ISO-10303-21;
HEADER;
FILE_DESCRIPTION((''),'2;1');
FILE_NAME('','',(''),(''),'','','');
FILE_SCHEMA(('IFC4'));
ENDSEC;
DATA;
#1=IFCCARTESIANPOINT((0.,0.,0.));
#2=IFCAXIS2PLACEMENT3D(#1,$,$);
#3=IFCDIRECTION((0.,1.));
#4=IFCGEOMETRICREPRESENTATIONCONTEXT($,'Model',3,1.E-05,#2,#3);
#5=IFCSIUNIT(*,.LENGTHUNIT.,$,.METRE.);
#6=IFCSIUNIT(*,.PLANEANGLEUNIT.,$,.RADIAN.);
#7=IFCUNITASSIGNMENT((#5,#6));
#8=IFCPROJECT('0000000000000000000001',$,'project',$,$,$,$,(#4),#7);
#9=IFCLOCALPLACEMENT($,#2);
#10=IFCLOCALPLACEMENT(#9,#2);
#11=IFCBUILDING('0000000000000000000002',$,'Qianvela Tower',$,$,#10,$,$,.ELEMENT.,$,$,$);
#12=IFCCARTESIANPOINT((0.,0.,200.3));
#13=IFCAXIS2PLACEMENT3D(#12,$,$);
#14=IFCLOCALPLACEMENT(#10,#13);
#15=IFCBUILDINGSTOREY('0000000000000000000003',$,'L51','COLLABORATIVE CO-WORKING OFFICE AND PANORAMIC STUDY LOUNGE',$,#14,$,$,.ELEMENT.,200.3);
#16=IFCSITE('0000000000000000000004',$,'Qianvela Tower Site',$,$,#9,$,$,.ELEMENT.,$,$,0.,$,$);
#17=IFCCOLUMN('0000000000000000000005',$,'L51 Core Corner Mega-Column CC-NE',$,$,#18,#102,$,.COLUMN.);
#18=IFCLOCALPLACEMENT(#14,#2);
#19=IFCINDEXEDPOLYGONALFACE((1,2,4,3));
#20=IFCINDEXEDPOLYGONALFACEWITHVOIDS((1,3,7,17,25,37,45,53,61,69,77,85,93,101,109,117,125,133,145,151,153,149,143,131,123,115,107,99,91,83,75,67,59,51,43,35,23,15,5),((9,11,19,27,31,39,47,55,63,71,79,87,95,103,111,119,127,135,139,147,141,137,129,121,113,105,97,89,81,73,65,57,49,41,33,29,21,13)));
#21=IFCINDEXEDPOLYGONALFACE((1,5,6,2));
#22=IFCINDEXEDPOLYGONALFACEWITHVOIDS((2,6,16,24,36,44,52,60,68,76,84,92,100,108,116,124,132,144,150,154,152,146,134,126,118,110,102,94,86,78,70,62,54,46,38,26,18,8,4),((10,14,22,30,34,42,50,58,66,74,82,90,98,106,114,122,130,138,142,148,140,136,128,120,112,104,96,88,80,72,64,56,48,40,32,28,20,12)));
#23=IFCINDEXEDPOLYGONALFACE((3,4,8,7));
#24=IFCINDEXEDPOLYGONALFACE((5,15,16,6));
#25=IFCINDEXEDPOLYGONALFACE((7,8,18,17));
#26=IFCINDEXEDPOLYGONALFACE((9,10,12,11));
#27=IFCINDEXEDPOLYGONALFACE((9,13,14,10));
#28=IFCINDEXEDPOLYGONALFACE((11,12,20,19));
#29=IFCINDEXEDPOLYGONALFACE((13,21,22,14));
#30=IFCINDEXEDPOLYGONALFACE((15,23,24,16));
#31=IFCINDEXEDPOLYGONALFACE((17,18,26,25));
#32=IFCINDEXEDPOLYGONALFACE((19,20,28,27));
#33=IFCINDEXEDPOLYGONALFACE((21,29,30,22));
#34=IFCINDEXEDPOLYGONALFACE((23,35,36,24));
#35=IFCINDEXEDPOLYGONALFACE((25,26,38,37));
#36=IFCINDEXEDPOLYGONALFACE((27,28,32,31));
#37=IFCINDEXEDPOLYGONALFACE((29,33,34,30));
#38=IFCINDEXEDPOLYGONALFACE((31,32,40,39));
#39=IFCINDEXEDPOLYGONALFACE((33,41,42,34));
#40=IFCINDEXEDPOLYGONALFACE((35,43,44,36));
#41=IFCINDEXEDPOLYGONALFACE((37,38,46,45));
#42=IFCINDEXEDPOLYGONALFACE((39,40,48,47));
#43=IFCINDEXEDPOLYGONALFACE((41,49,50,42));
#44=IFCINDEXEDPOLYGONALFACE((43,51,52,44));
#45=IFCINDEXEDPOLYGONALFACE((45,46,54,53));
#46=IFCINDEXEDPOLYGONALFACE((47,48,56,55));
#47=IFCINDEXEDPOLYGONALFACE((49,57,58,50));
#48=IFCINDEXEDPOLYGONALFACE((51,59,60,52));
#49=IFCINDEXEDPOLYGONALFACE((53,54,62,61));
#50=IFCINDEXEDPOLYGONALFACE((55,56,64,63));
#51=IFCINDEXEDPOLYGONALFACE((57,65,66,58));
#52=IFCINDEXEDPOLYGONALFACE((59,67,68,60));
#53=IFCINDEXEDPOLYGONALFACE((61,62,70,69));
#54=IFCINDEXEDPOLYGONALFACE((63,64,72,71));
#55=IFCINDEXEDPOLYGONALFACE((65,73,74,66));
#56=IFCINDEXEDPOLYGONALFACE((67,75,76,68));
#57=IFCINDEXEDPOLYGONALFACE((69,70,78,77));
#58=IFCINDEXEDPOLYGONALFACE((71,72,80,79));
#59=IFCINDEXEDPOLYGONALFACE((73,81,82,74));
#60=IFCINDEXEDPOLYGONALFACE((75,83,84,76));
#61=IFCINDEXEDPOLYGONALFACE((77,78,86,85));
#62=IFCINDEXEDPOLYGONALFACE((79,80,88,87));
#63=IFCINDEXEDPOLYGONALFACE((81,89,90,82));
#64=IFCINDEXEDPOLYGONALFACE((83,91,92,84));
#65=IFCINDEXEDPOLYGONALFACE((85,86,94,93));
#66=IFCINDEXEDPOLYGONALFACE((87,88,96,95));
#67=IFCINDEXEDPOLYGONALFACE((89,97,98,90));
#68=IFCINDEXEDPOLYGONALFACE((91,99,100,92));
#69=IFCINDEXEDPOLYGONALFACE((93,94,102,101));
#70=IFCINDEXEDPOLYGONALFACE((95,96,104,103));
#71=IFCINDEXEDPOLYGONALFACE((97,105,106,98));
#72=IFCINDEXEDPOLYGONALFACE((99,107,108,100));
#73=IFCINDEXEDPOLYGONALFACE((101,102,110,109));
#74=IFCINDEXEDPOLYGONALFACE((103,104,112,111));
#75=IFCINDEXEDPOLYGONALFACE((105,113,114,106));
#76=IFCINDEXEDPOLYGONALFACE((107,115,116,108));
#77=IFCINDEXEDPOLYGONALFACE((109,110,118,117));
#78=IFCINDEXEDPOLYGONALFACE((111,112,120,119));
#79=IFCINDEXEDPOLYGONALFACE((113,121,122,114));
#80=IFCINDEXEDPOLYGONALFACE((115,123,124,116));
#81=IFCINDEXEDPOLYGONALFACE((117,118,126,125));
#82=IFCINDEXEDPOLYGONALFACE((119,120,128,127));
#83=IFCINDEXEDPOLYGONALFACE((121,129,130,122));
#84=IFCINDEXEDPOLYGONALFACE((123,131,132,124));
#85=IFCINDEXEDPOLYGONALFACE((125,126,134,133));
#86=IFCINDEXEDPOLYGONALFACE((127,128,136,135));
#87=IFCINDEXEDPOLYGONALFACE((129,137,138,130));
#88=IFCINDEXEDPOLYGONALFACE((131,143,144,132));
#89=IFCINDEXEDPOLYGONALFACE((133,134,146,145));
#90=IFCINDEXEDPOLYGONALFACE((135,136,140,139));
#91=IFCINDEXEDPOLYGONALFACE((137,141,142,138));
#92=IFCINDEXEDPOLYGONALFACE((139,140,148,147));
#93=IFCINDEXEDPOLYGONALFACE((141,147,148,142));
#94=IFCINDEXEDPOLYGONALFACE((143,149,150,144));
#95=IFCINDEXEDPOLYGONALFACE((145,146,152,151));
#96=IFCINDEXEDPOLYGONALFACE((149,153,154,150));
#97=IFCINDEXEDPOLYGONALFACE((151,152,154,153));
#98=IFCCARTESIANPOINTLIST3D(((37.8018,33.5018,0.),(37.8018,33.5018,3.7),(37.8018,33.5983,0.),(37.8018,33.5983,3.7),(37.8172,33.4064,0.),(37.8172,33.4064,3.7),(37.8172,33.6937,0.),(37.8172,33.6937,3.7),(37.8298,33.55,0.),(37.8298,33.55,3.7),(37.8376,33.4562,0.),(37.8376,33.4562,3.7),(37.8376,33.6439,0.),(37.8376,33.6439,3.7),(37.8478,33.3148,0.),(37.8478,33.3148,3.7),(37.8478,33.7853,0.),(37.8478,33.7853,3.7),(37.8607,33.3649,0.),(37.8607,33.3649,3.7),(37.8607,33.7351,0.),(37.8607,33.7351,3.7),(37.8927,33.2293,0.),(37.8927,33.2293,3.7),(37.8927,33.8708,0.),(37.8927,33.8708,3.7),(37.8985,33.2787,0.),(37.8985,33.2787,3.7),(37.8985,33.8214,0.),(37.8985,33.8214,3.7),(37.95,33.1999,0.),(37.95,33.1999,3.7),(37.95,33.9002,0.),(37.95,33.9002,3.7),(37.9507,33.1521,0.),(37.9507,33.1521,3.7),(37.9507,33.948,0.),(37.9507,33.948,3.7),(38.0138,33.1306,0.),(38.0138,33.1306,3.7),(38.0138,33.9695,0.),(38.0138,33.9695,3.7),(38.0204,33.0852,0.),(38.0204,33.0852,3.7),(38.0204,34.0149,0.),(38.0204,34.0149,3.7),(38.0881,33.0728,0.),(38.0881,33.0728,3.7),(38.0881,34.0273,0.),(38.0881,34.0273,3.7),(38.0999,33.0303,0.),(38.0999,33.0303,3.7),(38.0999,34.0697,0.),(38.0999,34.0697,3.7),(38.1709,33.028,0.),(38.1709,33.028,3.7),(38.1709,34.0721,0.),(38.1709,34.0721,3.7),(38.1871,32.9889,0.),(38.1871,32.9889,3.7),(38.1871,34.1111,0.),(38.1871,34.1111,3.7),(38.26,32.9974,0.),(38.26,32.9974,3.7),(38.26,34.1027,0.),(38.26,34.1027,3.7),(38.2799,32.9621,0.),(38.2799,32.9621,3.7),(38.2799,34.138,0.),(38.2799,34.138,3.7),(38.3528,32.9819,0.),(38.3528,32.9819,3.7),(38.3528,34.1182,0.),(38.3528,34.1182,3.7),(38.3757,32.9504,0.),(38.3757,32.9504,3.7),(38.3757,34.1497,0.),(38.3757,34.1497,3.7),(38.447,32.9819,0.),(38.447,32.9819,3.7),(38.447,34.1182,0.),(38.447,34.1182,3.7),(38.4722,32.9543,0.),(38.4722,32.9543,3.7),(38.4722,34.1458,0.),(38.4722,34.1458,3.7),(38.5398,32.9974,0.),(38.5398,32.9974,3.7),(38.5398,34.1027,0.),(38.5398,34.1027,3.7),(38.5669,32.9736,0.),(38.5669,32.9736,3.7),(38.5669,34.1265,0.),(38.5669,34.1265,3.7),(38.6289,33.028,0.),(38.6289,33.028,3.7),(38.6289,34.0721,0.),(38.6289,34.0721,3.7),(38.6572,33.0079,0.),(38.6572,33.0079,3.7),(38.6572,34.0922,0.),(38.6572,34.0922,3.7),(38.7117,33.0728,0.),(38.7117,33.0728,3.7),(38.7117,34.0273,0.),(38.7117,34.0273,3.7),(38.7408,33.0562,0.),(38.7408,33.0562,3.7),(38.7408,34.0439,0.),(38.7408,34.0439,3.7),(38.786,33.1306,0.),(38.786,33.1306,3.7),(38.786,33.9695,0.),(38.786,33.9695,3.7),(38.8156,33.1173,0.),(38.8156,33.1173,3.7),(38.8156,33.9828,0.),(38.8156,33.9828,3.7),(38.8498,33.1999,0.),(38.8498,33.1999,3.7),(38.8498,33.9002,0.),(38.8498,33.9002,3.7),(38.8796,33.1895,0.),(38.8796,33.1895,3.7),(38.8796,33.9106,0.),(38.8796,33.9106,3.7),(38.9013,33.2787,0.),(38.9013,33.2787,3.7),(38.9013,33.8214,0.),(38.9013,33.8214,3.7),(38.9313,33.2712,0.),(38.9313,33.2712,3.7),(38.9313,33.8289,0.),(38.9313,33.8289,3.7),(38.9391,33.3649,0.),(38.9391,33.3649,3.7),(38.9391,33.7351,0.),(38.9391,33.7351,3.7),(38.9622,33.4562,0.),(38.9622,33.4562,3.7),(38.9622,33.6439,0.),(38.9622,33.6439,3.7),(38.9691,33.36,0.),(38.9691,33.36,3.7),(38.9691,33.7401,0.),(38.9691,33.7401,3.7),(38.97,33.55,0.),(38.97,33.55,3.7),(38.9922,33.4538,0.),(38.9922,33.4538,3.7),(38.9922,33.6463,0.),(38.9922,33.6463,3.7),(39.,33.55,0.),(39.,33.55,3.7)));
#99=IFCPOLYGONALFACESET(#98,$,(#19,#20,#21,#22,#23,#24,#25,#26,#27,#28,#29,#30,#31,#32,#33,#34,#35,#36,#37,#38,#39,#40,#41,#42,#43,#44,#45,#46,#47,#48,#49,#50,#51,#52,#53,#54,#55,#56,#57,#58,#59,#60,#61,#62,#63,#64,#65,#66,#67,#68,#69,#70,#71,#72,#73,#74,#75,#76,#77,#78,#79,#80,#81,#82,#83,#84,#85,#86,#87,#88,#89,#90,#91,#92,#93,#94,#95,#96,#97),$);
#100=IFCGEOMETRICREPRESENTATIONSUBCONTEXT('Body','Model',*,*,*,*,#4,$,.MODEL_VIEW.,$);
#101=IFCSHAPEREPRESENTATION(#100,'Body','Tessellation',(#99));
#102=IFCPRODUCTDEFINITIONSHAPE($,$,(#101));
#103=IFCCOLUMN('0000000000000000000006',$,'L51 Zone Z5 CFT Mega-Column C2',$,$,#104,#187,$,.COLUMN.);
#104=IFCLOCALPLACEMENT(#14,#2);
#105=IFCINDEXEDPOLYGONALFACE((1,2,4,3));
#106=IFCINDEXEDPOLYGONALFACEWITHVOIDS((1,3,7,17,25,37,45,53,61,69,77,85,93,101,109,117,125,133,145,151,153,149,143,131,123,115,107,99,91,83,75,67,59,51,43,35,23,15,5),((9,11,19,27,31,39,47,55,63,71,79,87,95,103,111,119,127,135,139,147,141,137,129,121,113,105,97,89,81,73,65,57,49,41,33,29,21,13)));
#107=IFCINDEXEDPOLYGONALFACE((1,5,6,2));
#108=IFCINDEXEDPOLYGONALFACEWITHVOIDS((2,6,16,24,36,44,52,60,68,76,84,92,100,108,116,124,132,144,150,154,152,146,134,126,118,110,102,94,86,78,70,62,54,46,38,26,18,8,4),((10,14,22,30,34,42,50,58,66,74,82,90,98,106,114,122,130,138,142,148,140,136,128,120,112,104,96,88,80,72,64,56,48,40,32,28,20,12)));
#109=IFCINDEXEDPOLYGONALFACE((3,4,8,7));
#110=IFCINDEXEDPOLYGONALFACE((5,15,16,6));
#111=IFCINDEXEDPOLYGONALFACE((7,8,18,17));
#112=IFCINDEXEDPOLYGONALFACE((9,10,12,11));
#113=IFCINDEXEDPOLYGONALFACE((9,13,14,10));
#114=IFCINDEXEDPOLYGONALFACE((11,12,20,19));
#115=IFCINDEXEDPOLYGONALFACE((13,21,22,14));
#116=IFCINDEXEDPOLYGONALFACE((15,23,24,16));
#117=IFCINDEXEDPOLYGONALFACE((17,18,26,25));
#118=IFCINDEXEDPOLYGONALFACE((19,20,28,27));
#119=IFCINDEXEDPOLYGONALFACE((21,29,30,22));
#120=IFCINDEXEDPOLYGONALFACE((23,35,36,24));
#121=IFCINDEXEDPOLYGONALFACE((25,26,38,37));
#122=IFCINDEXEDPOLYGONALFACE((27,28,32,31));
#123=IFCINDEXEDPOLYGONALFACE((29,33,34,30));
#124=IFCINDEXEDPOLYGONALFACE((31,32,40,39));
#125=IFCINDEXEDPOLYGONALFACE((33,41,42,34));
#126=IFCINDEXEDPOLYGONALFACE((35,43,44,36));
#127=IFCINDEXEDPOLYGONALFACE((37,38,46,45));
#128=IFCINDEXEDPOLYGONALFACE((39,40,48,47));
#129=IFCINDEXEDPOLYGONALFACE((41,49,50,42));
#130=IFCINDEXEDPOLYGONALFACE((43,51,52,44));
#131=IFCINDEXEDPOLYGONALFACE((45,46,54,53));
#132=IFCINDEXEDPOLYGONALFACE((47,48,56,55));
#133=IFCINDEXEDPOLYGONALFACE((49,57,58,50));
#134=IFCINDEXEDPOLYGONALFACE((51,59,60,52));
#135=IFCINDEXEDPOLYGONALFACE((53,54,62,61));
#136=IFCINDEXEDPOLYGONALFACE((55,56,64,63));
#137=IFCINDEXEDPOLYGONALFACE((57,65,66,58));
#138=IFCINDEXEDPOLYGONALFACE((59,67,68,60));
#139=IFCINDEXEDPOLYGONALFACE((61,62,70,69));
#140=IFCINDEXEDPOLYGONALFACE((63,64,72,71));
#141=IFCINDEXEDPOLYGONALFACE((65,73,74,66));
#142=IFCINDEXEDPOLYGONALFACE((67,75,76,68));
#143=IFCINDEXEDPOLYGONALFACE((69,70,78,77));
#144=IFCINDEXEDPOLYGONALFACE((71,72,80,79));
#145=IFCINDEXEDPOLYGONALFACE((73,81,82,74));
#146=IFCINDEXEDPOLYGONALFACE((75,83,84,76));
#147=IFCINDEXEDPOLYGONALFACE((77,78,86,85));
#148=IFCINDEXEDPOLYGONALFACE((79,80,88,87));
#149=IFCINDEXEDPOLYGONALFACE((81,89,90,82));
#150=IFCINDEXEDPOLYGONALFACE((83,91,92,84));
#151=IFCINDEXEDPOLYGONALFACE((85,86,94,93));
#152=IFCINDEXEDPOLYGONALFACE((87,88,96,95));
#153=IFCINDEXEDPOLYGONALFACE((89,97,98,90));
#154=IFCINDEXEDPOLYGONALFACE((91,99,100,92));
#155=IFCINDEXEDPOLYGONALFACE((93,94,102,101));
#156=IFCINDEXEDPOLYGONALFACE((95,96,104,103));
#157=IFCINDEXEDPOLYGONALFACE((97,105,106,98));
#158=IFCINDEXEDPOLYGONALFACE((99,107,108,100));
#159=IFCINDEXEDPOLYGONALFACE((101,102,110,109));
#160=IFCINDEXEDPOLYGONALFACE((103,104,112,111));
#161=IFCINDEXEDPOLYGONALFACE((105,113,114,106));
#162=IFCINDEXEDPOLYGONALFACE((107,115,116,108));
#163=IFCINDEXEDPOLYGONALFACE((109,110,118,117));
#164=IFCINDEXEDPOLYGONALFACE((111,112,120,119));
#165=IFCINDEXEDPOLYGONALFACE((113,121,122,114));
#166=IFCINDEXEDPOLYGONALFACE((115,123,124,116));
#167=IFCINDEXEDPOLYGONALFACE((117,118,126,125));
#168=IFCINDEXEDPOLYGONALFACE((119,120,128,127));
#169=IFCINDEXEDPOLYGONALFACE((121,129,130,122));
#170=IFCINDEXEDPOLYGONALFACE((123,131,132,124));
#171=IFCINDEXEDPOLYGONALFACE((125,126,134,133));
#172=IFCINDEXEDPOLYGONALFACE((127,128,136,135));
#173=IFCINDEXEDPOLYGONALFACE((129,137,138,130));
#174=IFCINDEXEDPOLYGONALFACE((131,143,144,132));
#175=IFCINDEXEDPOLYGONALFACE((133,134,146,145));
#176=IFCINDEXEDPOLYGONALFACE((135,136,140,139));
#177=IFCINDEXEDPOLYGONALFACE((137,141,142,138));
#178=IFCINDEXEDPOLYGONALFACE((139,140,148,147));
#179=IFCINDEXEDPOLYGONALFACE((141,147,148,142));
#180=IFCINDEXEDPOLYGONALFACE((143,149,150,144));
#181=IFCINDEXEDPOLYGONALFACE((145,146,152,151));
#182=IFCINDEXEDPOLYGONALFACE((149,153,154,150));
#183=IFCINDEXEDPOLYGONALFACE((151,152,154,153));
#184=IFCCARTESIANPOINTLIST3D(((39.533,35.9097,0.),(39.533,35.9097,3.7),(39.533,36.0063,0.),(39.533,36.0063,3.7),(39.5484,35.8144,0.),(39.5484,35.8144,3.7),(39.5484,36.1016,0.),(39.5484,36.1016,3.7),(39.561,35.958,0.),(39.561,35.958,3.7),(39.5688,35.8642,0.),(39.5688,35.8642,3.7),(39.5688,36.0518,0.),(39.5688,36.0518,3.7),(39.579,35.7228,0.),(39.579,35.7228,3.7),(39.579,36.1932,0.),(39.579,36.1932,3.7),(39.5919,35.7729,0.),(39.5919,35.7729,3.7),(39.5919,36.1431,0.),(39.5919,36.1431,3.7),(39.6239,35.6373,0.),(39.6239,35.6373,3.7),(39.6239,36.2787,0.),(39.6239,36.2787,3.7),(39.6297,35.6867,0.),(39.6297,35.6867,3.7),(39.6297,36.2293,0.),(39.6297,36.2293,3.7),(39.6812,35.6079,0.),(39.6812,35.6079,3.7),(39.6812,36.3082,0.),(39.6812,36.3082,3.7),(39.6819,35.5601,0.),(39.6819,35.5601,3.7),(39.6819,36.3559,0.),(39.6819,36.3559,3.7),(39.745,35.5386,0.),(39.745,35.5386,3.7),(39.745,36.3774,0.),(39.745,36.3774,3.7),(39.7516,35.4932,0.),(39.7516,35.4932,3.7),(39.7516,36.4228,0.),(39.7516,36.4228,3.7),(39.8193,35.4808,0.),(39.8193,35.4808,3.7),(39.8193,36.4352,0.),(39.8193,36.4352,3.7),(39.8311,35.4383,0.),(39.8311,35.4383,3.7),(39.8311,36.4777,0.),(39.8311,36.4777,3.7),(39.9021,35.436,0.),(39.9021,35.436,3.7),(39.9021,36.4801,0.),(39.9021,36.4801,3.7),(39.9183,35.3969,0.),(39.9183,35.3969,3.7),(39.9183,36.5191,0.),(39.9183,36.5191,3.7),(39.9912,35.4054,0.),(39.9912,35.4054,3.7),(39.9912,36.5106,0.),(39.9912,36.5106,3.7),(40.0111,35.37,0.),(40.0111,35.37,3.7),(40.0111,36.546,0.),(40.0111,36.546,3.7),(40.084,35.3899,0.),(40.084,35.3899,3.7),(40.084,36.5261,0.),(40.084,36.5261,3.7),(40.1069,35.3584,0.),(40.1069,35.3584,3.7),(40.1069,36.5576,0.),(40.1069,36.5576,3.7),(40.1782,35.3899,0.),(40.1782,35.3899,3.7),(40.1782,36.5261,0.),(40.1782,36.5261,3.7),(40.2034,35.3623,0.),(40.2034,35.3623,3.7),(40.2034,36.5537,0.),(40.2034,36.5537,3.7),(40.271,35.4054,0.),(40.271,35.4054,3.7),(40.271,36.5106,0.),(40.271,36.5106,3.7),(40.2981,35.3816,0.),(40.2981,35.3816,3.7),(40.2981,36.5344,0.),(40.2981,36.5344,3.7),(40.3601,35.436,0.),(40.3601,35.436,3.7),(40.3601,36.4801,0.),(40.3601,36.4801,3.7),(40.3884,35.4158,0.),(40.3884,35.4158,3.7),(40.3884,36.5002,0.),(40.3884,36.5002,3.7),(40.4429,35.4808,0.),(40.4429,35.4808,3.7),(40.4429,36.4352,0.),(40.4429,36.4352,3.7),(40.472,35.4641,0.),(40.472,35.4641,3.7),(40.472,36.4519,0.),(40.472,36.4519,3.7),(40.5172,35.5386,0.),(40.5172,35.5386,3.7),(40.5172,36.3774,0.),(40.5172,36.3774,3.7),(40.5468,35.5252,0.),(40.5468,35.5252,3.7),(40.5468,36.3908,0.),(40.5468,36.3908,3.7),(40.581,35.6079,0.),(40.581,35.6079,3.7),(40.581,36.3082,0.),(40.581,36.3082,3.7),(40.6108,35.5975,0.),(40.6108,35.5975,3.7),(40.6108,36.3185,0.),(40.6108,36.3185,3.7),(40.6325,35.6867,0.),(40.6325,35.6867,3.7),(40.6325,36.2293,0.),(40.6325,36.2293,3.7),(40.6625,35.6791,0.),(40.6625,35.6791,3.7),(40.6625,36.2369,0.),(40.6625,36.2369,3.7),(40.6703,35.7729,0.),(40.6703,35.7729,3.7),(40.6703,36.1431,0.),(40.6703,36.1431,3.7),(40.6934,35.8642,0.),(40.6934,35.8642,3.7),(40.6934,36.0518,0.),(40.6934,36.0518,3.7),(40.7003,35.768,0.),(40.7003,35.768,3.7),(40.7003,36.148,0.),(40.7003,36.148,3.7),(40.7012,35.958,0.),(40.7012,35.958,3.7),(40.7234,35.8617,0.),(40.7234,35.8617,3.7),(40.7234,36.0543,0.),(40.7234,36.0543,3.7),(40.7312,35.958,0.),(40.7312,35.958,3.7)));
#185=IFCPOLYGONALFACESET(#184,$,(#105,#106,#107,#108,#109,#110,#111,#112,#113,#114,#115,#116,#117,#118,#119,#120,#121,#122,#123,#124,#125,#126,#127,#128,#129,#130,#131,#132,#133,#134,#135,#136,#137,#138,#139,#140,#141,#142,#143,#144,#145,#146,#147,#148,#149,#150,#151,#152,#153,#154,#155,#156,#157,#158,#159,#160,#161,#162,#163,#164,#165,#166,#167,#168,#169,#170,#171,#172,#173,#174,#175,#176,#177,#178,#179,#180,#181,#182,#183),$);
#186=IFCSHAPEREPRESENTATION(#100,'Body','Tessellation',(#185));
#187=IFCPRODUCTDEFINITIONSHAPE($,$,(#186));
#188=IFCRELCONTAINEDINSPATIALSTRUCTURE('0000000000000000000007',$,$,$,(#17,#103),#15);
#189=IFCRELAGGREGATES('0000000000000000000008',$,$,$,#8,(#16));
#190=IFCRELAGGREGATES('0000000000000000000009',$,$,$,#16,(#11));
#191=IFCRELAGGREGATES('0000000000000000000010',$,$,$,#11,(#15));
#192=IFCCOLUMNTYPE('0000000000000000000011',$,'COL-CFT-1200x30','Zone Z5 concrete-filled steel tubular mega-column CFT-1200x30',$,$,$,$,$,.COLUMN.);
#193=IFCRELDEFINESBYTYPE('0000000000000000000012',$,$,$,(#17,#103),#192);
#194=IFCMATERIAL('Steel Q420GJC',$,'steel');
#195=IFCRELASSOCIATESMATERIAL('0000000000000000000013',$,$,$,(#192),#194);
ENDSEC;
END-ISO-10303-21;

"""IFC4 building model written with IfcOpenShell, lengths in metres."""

from ifc_helpers import new_model, si_unit, direction, frame, origin, origin_2d, place, context, subcontext, project, spatial, hollow_circle, extrude, material, material_profile, profile_set, type_object, element, save


model = new_model("IFC4")

# Units and contexts
model_context = context("Model", 3, precision=1e-05, world=origin(), true_north=direction((0.0, 1.0)))
body_context = subcontext(model_context, "Body", "Model", "MODEL_VIEW")
ifc_project = project(units=[si_unit("LENGTHUNIT", "METRE"), si_unit("PLANEANGLEUNIT", "RADIAN")], contexts=[model_context])

# Site, building, storey
site_placement = place(None, origin())
site = spatial("IfcSite", under=ifc_project, at=site_placement, Name="Qianvela Tower Site", CompositionType="ELEMENT", RefElevation=0.0)
building_placement = place(site_placement, origin())
building = spatial("IfcBuilding", under=site, at=building_placement, Name="Qianvela Tower", CompositionType="ELEMENT")
storey_placement = place(building_placement, frame((0.0, 0.0, 200.3)))
storey = spatial("IfcBuildingStorey", under=building, at=storey_placement, Name="L51", Description="COLLABORATIVE CO-WORKING OFFICE AND PANORAMIC STUDY LOUNGE", CompositionType="ELEMENT", Elevation=200.3)

# Columns
ifc_material_1 = material(Name="Steel Q420GJC", Category="steel")
ifc_material_profile_1 = material_profile(ifc_material_1, hollow_circle(Radius=0.6001, WallThickness=0.03, at=origin_2d()), Name="CFT-1200x30")
ifc_profile_set_1 = profile_set([ifc_material_profile_1], Name="Steel Q420GJC")
column_type = type_object("IfcColumnType", Name="COL-CFT-1200x30", Description="Zone Z5 concrete-filled steel tubular mega-column CFT-1200x30", PredefinedType="COLUMN", material=ifc_profile_set_1)
for number, where, z_axis, x_axis, name in (
    (1, (38.3999, 33.55, 0.0), (0.0, 0.0, 1.0), (1.0, 0.0, 0.0), "L51 Core Corner Mega-Column CC-NE"),
    (2, (40.1311, 35.958, 0.0), (0.0, 0.0, 1.0), (1.0, 0.0, 0.0), "L51 Zone Z5 CFT Mega-Column C2"),
):
    element("IfcColumn", number, at=place(storey_placement, frame(where, z_axis=z_axis, x_axis=x_axis)), inside=storey, type_object=column_type, Name=name, PredefinedType="COLUMN", context=body_context, shape_type="SweptSolid", body=[
        extrude(hollow_circle(Radius=0.6001, WallThickness=0.03, at=origin_2d()), origin(), (0.0, 0.0, 1.0), 3.7),
    ])

save(model, "model.ifc")
